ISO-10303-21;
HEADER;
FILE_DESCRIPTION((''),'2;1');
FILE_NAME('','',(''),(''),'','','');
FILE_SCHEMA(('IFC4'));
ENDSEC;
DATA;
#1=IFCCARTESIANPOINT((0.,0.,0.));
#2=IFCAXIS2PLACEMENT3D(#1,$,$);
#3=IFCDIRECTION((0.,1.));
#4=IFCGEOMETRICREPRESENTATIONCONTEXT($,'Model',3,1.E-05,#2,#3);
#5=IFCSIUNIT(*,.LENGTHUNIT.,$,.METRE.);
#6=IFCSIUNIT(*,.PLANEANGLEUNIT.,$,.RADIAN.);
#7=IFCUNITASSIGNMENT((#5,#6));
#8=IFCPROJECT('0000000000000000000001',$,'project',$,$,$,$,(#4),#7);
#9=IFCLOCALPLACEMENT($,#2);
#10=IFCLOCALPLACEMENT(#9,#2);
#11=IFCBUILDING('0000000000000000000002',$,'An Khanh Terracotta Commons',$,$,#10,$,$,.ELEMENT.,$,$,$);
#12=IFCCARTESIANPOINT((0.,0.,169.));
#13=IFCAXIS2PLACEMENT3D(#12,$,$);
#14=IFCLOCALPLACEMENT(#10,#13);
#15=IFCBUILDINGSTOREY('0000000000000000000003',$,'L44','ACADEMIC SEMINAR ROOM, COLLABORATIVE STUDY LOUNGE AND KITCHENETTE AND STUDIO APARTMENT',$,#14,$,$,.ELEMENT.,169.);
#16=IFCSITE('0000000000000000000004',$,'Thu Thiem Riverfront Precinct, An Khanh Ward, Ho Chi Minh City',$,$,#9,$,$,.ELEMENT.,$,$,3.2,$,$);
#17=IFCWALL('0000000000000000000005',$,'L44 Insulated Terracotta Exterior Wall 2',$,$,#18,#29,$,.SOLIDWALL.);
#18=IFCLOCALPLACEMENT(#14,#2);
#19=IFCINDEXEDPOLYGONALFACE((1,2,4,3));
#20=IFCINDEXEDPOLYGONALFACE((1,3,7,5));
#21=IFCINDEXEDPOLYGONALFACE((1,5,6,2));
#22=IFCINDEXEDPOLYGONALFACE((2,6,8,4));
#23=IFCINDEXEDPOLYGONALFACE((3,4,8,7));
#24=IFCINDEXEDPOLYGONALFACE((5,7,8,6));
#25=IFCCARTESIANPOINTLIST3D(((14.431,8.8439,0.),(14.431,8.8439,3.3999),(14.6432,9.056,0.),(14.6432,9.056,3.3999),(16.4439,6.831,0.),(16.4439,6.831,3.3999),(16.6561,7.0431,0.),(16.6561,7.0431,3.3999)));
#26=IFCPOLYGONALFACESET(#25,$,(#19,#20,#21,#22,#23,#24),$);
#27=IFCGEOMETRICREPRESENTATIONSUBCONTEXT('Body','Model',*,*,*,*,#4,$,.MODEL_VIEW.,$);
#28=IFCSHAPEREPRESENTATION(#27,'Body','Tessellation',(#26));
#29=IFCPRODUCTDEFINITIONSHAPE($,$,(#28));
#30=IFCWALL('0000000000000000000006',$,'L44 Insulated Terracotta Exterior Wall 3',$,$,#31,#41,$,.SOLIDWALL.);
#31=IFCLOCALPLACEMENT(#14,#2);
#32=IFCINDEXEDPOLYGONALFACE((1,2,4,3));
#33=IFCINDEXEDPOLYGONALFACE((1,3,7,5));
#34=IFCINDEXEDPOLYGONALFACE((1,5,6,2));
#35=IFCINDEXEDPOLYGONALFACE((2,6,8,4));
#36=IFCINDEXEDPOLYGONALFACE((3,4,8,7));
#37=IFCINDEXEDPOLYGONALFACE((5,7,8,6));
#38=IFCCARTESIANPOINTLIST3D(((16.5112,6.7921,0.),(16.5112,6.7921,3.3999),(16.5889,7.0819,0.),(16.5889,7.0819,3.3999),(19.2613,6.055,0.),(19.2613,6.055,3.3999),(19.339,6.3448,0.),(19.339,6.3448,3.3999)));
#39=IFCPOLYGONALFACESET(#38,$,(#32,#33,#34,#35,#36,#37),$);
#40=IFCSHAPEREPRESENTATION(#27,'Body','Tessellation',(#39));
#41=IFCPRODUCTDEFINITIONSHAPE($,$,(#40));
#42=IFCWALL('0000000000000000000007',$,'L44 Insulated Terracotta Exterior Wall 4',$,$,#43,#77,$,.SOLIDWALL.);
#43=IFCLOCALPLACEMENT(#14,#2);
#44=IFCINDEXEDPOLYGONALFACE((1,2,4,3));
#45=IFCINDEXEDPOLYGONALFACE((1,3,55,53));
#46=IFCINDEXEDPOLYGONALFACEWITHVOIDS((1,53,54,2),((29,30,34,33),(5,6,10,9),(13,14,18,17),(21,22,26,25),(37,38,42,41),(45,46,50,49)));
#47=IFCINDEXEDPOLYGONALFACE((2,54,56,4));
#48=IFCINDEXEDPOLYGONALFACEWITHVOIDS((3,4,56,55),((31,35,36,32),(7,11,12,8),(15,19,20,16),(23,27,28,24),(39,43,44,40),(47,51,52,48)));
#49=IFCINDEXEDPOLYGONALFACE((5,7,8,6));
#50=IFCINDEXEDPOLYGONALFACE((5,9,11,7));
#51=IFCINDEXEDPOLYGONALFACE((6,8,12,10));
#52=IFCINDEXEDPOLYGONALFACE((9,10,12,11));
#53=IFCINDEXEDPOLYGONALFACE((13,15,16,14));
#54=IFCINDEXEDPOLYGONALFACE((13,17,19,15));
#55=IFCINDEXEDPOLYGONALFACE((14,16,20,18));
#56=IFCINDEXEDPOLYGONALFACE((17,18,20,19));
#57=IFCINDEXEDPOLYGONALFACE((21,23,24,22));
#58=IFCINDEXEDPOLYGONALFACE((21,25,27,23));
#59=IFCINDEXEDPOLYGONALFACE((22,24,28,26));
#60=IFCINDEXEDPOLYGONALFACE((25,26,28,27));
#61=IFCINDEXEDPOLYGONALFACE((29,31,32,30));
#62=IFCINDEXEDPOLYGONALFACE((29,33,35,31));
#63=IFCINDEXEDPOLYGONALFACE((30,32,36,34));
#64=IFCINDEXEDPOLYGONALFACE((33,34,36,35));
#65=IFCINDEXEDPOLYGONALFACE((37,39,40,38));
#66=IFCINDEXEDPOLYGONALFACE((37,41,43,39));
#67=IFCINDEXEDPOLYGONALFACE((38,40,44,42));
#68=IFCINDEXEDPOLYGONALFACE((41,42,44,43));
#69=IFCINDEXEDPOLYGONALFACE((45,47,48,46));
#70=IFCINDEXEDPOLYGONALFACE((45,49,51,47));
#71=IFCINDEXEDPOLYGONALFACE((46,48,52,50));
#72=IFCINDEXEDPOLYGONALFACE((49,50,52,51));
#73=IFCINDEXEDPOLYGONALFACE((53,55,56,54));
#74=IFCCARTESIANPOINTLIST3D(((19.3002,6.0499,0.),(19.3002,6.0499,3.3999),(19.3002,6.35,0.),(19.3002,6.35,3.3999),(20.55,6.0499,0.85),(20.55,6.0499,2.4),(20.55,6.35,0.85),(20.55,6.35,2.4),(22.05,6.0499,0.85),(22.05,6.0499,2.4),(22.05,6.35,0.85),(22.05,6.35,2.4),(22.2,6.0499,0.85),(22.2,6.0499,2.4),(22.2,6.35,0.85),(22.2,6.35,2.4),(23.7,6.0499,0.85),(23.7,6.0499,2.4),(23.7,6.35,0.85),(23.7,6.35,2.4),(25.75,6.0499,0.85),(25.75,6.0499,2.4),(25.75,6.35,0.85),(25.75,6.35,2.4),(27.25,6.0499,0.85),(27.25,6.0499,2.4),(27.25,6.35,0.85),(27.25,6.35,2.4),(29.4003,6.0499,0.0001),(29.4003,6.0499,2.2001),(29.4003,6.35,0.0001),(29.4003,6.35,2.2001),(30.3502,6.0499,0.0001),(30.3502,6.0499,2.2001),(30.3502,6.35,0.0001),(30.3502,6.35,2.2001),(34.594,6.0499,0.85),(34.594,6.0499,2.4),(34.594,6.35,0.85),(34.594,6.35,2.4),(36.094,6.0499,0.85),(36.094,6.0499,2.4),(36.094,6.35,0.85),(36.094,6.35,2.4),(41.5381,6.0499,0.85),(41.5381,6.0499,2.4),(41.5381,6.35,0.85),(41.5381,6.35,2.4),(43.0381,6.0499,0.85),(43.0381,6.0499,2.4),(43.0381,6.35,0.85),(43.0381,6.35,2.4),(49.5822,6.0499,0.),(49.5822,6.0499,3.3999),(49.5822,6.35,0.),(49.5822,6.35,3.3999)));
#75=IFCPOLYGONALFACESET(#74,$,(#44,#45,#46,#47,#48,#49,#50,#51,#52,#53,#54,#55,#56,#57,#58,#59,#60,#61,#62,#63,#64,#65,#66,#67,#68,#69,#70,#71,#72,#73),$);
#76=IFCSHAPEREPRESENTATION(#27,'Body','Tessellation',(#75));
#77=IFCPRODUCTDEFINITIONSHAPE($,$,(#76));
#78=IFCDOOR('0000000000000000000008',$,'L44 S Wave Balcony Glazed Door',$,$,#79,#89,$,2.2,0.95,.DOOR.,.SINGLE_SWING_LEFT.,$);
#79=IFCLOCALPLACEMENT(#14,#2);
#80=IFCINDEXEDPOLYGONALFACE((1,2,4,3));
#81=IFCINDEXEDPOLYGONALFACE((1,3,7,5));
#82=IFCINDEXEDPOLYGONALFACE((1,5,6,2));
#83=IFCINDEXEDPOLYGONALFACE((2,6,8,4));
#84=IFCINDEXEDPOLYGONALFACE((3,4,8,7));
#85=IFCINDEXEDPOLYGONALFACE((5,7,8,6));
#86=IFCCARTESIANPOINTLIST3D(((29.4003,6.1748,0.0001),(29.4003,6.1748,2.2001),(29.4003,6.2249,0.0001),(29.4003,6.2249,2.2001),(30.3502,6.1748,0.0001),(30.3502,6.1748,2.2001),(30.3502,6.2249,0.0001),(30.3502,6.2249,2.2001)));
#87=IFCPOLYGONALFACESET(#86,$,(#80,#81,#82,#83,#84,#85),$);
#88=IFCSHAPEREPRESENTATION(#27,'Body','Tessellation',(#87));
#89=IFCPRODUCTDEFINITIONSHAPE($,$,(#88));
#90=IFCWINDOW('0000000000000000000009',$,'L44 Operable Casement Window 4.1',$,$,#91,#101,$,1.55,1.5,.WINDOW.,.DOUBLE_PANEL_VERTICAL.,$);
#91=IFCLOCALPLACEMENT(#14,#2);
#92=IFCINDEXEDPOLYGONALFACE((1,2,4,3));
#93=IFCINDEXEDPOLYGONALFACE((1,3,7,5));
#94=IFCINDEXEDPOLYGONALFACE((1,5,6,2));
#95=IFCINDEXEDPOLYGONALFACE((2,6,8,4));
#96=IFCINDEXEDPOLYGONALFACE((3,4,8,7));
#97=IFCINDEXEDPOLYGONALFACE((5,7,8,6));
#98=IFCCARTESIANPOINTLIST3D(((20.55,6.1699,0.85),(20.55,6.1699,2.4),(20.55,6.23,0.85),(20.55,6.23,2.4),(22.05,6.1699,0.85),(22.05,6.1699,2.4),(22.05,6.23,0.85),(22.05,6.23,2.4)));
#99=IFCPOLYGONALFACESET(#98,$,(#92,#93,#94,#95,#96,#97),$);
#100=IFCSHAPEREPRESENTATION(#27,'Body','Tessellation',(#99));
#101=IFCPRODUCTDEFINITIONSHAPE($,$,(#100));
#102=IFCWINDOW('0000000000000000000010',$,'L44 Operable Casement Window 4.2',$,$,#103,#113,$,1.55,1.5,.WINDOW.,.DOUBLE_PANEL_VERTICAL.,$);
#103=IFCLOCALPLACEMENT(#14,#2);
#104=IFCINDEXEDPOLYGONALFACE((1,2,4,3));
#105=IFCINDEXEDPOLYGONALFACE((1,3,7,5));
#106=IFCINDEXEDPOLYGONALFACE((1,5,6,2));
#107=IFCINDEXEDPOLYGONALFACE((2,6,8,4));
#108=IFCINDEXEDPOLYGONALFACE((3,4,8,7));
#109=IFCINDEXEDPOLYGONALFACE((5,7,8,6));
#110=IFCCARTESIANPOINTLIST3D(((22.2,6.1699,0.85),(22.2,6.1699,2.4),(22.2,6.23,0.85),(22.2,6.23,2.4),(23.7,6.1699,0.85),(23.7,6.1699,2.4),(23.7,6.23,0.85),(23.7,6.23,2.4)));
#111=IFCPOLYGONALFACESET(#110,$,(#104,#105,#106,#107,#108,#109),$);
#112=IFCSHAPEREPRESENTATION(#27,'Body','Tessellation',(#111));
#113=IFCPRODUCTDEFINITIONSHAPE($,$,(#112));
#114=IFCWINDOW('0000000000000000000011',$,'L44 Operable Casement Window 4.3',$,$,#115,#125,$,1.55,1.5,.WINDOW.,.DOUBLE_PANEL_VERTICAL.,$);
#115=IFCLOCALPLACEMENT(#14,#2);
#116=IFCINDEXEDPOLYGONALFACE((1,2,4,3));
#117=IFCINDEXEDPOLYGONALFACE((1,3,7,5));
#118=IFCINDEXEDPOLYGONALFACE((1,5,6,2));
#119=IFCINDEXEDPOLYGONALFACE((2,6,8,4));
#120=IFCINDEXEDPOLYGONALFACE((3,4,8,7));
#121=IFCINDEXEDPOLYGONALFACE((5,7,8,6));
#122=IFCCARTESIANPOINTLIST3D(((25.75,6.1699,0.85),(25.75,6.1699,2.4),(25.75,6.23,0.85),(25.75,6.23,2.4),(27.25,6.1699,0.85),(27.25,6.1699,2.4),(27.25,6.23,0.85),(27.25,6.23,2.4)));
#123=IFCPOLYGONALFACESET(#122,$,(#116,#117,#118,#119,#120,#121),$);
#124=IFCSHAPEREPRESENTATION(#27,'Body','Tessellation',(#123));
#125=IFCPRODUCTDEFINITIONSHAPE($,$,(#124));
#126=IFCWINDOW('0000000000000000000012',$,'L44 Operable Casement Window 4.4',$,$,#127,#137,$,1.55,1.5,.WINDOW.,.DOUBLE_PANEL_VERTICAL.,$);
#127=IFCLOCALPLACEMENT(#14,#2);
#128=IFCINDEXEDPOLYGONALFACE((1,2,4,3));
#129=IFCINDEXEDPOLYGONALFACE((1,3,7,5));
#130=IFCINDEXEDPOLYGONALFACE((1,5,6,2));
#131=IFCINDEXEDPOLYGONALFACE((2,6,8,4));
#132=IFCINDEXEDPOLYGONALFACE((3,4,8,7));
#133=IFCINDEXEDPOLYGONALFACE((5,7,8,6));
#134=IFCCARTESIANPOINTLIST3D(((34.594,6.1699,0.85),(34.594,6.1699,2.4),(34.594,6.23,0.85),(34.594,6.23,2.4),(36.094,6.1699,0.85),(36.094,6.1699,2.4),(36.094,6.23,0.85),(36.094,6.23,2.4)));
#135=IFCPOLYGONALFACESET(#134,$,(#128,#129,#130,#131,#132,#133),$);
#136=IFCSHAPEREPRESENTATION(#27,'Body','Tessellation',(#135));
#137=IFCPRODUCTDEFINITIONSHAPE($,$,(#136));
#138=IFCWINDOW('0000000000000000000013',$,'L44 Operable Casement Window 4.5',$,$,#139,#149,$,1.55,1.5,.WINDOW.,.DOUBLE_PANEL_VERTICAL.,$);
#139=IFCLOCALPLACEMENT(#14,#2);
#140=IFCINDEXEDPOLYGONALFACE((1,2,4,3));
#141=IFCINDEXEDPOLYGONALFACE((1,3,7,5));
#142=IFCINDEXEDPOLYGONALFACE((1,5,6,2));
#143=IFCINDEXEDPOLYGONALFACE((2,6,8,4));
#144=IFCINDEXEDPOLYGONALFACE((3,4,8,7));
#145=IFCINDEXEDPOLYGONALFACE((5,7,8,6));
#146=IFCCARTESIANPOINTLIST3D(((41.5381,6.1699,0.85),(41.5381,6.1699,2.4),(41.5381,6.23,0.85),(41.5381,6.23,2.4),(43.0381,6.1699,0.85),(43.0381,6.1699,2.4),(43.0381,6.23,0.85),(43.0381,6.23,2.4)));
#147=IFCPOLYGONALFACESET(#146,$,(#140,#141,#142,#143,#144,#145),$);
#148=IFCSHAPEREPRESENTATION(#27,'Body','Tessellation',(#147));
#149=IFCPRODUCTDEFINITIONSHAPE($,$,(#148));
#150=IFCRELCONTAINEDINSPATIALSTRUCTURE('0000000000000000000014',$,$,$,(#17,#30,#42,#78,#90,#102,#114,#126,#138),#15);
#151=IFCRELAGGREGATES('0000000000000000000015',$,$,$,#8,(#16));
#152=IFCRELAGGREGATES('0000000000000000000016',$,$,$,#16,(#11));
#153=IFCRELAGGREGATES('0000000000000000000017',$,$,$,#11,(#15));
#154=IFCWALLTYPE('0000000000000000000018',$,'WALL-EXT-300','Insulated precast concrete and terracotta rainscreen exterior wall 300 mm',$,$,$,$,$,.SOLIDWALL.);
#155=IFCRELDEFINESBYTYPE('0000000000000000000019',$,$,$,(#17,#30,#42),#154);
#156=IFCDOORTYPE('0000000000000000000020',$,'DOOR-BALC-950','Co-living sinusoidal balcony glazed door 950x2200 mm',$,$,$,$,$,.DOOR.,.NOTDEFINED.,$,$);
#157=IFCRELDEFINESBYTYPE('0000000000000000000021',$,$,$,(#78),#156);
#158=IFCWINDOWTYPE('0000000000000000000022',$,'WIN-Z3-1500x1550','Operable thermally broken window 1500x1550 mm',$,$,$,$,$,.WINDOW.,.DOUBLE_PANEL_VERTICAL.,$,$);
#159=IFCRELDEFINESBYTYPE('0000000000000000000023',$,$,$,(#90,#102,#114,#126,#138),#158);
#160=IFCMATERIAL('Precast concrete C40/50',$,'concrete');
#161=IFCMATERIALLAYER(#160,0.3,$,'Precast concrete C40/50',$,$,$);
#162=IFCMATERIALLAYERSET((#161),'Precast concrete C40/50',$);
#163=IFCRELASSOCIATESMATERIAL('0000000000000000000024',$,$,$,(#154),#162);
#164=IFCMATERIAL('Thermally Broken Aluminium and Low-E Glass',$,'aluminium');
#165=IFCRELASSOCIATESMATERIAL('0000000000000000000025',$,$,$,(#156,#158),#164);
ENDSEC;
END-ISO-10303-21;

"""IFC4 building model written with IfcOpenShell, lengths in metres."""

from ifc_helpers import new_model, si_unit, direction, frame, frame_2d, origin, place, context, subcontext, project, spatial, rectangle, extrude, material, layer, layer_set, type_object, element, fill, save


model = new_model("IFC4")

# Units and contexts
model_context = context("Model", 3, precision=1e-05, world=origin(), true_north=direction((0.0, 1.0)))
body_context = subcontext(model_context, "Body", "Model", "MODEL_VIEW")
ifc_project = project(units=[si_unit("LENGTHUNIT", "METRE"), si_unit("PLANEANGLEUNIT", "RADIAN")], contexts=[model_context])

# Site, building, storey
site_placement = place(None, origin())
site = spatial("IfcSite", under=ifc_project, at=site_placement, Name="Thu Thiem Riverfront Precinct, An Khanh Ward, Ho Chi Minh City", CompositionType="ELEMENT", RefElevation=3.2)
building_placement = place(site_placement, origin())
building = spatial("IfcBuilding", under=site, at=building_placement, Name="An Khanh Terracotta Commons", CompositionType="ELEMENT")
storey_placement = place(building_placement, frame((0.0, 0.0, 169.0)))
storey = spatial("IfcBuildingStorey", under=building, at=storey_placement, Name="L44", Description="ACADEMIC SEMINAR ROOM, COLLABORATIVE STUDY LOUNGE AND KITCHENETTE AND STUDIO APARTMENT", CompositionType="ELEMENT", Elevation=169.0)

# Walls
ifc_material_1 = material(Name="Precast concrete C40/50", Category="concrete")
ifc_layer_1 = layer(ifc_material_1, 0.3, Name="Precast concrete C40/50")
ifc_layer_set_1 = layer_set([ifc_layer_1], Name="Precast concrete C40/50")
wall_type_1 = type_object("IfcWallType", Name="WALL-EXT-300", Description="Insulated precast concrete and terracotta rainscreen exterior wall 300 mm", PredefinedType="SOLIDWALL", material=ifc_layer_set_1)
wall_1_placement = place(storey_placement, frame((14.5371, 8.95, 0.0), z_axis=(0.0, 0.0, 1.0), x_axis=(0.707107, -0.707107, 0.0)))
element("IfcWall", 1, at=wall_1_placement, inside=storey, type_object=wall_type_1, Name="L44 Insulated Terracotta Exterior Wall 2", PredefinedType="SOLIDWALL", context=body_context, shape_type="SweptSolid", body=[
    extrude(rectangle(XDim=2.8467, YDim=0.3, at=frame_2d((1.4233, 0.0))), origin(), (0.0, 0.0, 1.0), 3.3999),
])
wall_2_placement = place(storey_placement, frame((16.55, 6.937, 0.0), z_axis=(0.0, 0.0, 1.0), x_axis=(0.965908, -0.258885, 0.0)))
element("IfcWall", 2, at=wall_2_placement, inside=storey, type_object=wall_type_1, Name="L44 Insulated Terracotta Exterior Wall 3", PredefinedType="SOLIDWALL", context=body_context, shape_type="SweptSolid", body=[
    extrude(rectangle(XDim=2.8472, YDim=0.3, at=frame_2d((1.4236, 0.0))), origin(), (0.0, 0.0, 1.0), 3.3999),
])

# Wall, openings, door, windows
wall_3_placement = place(storey_placement, frame((19.3, 6.2, 0.0), z_axis=(0.0, 0.0, 1.0), x_axis=(1.0, 0.0, 0.0)))
wall_3 = element("IfcWall", 3, at=wall_3_placement, inside=storey, type_object=wall_type_1, Name="L44 Insulated Terracotta Exterior Wall 4", PredefinedType="SOLIDWALL", context=body_context, shape_type="SweptSolid", body=[
    extrude(rectangle(XDim=30.282, YDim=0.3, at=frame_2d((15.1411, 0.0))), origin(), (0.0, 0.0, 1.0), 3.3999),
])
opening_1_placement = place(wall_3_placement, frame((10.1001, 0.0, 0.0)))
opening_1 = element("IfcOpeningElement", 4, at=opening_1_placement, cuts=wall_3, PredefinedType="OPENING", context=body_context, shape_type="SweptSolid", body=[
    extrude(rectangle(XDim=0.95, YDim=2.2, at=frame_2d((0.4751, 1.1001))), frame((0.0, 0.1599, 0.0), z_axis=(0.0, -1.0, 0.0), x_axis=(1.0, 0.0, 0.0)), (0.0, 0.0, 1.0), 0.3201),
])
opening_2_placement = place(wall_3_placement, frame((1.25, 0.0, 0.8501)))
opening_2 = element("IfcOpeningElement", 5, at=opening_2_placement, cuts=wall_3, PredefinedType="OPENING", context=body_context, shape_type="SweptSolid", body=[
    extrude(rectangle(XDim=1.5, YDim=1.55, at=frame_2d((0.75, 0.7749))), frame((0.0, 0.1599, 0.0), z_axis=(0.0, -1.0, 0.0), x_axis=(1.0, 0.0, 0.0)), (0.0, 0.0, 1.0), 0.3201),
])
opening_3_placement = place(wall_3_placement, frame((2.8999, 0.0, 0.8501)))
opening_3 = element("IfcOpeningElement", 6, at=opening_3_placement, cuts=wall_3, PredefinedType="OPENING", context=body_context, shape_type="SweptSolid", body=[
    extrude(rectangle(XDim=1.5, YDim=1.55, at=frame_2d((0.75, 0.7749))), frame((0.0, 0.1599, 0.0), z_axis=(0.0, -1.0, 0.0), x_axis=(1.0, 0.0, 0.0)), (0.0, 0.0, 1.0), 0.3201),
])
opening_4_placement = place(wall_3_placement, frame((6.45, 0.0, 0.8501)))
opening_4 = element("IfcOpeningElement", 7, at=opening_4_placement, cuts=wall_3, PredefinedType="OPENING", context=body_context, shape_type="SweptSolid", body=[
    extrude(rectangle(XDim=1.5, YDim=1.55, at=frame_2d((0.75, 0.7749))), frame((0.0, 0.1599, 0.0), z_axis=(0.0, -1.0, 0.0), x_axis=(1.0, 0.0, 0.0)), (0.0, 0.0, 1.0), 0.3201),
])
opening_5_placement = place(wall_3_placement, frame((15.2939, 0.0, 0.8501)))
opening_5 = element("IfcOpeningElement", 8, at=opening_5_placement, cuts=wall_3, PredefinedType="OPENING", context=body_context, shape_type="SweptSolid", body=[
    extrude(rectangle(XDim=1.5, YDim=1.55, at=frame_2d((0.75, 0.7749))), frame((0.0, 0.1599, 0.0), z_axis=(0.0, -1.0, 0.0), x_axis=(1.0, 0.0, 0.0)), (0.0, 0.0, 1.0), 0.3201),
])
opening_6_placement = place(wall_3_placement, frame((22.238, 0.0, 0.8501)))
opening_6 = element("IfcOpeningElement", 9, at=opening_6_placement, cuts=wall_3, PredefinedType="OPENING", context=body_context, shape_type="SweptSolid", body=[
    extrude(rectangle(XDim=1.5, YDim=1.55, at=frame_2d((0.75, 0.7749))), frame((0.0, 0.1599, 0.0), z_axis=(0.0, -1.0, 0.0), x_axis=(1.0, 0.0, 0.0)), (0.0, 0.0, 1.0), 0.3201),
])
ifc_material_2 = material(Name="Thermally Broken Aluminium and Low-E Glass", Category="aluminium")
door_type_1 = type_object("IfcDoorType", Name="DOOR-BALC-950", Description="Co-living sinusoidal balcony glazed door 950x2200 mm", OperationType="NOTDEFINED", PredefinedType="DOOR", material=ifc_material_2)
door_1_placement = place(opening_1_placement, origin())
door_1 = element("IfcDoor", 10, at=door_1_placement, inside=storey, type_object=door_type_1, Name="L44 S Wave Balcony Glazed Door", OperationType="SINGLE_SWING_LEFT", OverallHeight=2.2, OverallWidth=0.95, PredefinedType="DOOR", context=body_context, shape_type="SweptSolid", body=[
    extrude(rectangle(XDim=0.95, YDim=2.2, at=frame_2d((0.4751, 1.1001))), frame((0.0, 0.0249, 0.0), z_axis=(0.0, -1.0, 0.0), x_axis=(1.0, 0.0, 0.0)), (0.0, 0.0, 1.0), 0.05),
])
fill(opening_1, door_1)
window_type = type_object("IfcWindowType", Name="WIN-Z3-1500x1550", Description="Operable thermally broken window 1500x1550 mm", PartitioningType="DOUBLE_PANEL_VERTICAL", PredefinedType="WINDOW", material=ifc_material_2)
window_1_placement = place(opening_2_placement, origin())
window_1 = element("IfcWindow", 11, at=window_1_placement, inside=storey, type_object=window_type, Name="L44 Operable Casement Window 4.1", OverallHeight=1.55, OverallWidth=1.5, PartitioningType="DOUBLE_PANEL_VERTICAL", PredefinedType="WINDOW", context=body_context, shape_type="SweptSolid", body=[
    extrude(rectangle(XDim=1.5, YDim=1.55, at=frame_2d((0.75, 0.7749))), frame((0.0, 0.03, 0.0), z_axis=(0.0, -1.0, 0.0), x_axis=(1.0, 0.0, 0.0)), (0.0, 0.0, 1.0), 0.0601),
])
fill(opening_2, window_1)
window_2_placement = place(opening_3_placement, origin())
window_2 = element("IfcWindow", 12, at=window_2_placement, inside=storey, type_object=window_type, Name="L44 Operable Casement Window 4.2", OverallHeight=1.55, OverallWidth=1.5, PartitioningType="DOUBLE_PANEL_VERTICAL", PredefinedType="WINDOW", context=body_context, shape_type="SweptSolid", body=[
    extrude(rectangle(XDim=1.5, YDim=1.55, at=frame_2d((0.75, 0.7749))), frame((0.0, 0.03, 0.0), z_axis=(0.0, -1.0, 0.0), x_axis=(1.0, 0.0, 0.0)), (0.0, 0.0, 1.0), 0.0601),
])
fill(opening_3, window_2)
window_3_placement = place(opening_4_placement, origin())
window_3 = element("IfcWindow", 13, at=window_3_placement, inside=storey, type_object=window_type, Name="L44 Operable Casement Window 4.3", OverallHeight=1.55, OverallWidth=1.5, PartitioningType="DOUBLE_PANEL_VERTICAL", PredefinedType="WINDOW", context=body_context, shape_type="SweptSolid", body=[
    extrude(rectangle(XDim=1.5, YDim=1.55, at=frame_2d((0.75, 0.7749))), frame((0.0, 0.03, 0.0), z_axis=(0.0, -1.0, 0.0), x_axis=(1.0, 0.0, 0.0)), (0.0, 0.0, 1.0), 0.0601),
])
fill(opening_4, window_3)
window_4_placement = place(opening_5_placement, origin())
window_4 = element("IfcWindow", 14, at=window_4_placement, inside=storey, type_object=window_type, Name="L44 Operable Casement Window 4.4", OverallHeight=1.55, OverallWidth=1.5, PartitioningType="DOUBLE_PANEL_VERTICAL", PredefinedType="WINDOW", context=body_context, shape_type="SweptSolid", body=[
    extrude(rectangle(XDim=1.5, YDim=1.55, at=frame_2d((0.75, 0.7749))), frame((0.0, 0.03, 0.0), z_axis=(0.0, -1.0, 0.0), x_axis=(1.0, 0.0, 0.0)), (0.0, 0.0, 1.0), 0.0601),
])
fill(opening_5, window_4)
window_5_placement = place(opening_6_placement, origin())
window_5 = element("IfcWindow", 15, at=window_5_placement, inside=storey, type_object=window_type, Name="L44 Operable Casement Window 4.5", OverallHeight=1.55, OverallWidth=1.5, PartitioningType="DOUBLE_PANEL_VERTICAL", PredefinedType="WINDOW", context=body_context, shape_type="SweptSolid", body=[
    extrude(rectangle(XDim=1.5, YDim=1.55, at=frame_2d((0.75, 0.7749))), frame((0.0, 0.03, 0.0), z_axis=(0.0, -1.0, 0.0), x_axis=(1.0, 0.0, 0.0)), (0.0, 0.0, 1.0), 0.0601),
])
fill(opening_6, window_5)

save(model, "model.ifc")
